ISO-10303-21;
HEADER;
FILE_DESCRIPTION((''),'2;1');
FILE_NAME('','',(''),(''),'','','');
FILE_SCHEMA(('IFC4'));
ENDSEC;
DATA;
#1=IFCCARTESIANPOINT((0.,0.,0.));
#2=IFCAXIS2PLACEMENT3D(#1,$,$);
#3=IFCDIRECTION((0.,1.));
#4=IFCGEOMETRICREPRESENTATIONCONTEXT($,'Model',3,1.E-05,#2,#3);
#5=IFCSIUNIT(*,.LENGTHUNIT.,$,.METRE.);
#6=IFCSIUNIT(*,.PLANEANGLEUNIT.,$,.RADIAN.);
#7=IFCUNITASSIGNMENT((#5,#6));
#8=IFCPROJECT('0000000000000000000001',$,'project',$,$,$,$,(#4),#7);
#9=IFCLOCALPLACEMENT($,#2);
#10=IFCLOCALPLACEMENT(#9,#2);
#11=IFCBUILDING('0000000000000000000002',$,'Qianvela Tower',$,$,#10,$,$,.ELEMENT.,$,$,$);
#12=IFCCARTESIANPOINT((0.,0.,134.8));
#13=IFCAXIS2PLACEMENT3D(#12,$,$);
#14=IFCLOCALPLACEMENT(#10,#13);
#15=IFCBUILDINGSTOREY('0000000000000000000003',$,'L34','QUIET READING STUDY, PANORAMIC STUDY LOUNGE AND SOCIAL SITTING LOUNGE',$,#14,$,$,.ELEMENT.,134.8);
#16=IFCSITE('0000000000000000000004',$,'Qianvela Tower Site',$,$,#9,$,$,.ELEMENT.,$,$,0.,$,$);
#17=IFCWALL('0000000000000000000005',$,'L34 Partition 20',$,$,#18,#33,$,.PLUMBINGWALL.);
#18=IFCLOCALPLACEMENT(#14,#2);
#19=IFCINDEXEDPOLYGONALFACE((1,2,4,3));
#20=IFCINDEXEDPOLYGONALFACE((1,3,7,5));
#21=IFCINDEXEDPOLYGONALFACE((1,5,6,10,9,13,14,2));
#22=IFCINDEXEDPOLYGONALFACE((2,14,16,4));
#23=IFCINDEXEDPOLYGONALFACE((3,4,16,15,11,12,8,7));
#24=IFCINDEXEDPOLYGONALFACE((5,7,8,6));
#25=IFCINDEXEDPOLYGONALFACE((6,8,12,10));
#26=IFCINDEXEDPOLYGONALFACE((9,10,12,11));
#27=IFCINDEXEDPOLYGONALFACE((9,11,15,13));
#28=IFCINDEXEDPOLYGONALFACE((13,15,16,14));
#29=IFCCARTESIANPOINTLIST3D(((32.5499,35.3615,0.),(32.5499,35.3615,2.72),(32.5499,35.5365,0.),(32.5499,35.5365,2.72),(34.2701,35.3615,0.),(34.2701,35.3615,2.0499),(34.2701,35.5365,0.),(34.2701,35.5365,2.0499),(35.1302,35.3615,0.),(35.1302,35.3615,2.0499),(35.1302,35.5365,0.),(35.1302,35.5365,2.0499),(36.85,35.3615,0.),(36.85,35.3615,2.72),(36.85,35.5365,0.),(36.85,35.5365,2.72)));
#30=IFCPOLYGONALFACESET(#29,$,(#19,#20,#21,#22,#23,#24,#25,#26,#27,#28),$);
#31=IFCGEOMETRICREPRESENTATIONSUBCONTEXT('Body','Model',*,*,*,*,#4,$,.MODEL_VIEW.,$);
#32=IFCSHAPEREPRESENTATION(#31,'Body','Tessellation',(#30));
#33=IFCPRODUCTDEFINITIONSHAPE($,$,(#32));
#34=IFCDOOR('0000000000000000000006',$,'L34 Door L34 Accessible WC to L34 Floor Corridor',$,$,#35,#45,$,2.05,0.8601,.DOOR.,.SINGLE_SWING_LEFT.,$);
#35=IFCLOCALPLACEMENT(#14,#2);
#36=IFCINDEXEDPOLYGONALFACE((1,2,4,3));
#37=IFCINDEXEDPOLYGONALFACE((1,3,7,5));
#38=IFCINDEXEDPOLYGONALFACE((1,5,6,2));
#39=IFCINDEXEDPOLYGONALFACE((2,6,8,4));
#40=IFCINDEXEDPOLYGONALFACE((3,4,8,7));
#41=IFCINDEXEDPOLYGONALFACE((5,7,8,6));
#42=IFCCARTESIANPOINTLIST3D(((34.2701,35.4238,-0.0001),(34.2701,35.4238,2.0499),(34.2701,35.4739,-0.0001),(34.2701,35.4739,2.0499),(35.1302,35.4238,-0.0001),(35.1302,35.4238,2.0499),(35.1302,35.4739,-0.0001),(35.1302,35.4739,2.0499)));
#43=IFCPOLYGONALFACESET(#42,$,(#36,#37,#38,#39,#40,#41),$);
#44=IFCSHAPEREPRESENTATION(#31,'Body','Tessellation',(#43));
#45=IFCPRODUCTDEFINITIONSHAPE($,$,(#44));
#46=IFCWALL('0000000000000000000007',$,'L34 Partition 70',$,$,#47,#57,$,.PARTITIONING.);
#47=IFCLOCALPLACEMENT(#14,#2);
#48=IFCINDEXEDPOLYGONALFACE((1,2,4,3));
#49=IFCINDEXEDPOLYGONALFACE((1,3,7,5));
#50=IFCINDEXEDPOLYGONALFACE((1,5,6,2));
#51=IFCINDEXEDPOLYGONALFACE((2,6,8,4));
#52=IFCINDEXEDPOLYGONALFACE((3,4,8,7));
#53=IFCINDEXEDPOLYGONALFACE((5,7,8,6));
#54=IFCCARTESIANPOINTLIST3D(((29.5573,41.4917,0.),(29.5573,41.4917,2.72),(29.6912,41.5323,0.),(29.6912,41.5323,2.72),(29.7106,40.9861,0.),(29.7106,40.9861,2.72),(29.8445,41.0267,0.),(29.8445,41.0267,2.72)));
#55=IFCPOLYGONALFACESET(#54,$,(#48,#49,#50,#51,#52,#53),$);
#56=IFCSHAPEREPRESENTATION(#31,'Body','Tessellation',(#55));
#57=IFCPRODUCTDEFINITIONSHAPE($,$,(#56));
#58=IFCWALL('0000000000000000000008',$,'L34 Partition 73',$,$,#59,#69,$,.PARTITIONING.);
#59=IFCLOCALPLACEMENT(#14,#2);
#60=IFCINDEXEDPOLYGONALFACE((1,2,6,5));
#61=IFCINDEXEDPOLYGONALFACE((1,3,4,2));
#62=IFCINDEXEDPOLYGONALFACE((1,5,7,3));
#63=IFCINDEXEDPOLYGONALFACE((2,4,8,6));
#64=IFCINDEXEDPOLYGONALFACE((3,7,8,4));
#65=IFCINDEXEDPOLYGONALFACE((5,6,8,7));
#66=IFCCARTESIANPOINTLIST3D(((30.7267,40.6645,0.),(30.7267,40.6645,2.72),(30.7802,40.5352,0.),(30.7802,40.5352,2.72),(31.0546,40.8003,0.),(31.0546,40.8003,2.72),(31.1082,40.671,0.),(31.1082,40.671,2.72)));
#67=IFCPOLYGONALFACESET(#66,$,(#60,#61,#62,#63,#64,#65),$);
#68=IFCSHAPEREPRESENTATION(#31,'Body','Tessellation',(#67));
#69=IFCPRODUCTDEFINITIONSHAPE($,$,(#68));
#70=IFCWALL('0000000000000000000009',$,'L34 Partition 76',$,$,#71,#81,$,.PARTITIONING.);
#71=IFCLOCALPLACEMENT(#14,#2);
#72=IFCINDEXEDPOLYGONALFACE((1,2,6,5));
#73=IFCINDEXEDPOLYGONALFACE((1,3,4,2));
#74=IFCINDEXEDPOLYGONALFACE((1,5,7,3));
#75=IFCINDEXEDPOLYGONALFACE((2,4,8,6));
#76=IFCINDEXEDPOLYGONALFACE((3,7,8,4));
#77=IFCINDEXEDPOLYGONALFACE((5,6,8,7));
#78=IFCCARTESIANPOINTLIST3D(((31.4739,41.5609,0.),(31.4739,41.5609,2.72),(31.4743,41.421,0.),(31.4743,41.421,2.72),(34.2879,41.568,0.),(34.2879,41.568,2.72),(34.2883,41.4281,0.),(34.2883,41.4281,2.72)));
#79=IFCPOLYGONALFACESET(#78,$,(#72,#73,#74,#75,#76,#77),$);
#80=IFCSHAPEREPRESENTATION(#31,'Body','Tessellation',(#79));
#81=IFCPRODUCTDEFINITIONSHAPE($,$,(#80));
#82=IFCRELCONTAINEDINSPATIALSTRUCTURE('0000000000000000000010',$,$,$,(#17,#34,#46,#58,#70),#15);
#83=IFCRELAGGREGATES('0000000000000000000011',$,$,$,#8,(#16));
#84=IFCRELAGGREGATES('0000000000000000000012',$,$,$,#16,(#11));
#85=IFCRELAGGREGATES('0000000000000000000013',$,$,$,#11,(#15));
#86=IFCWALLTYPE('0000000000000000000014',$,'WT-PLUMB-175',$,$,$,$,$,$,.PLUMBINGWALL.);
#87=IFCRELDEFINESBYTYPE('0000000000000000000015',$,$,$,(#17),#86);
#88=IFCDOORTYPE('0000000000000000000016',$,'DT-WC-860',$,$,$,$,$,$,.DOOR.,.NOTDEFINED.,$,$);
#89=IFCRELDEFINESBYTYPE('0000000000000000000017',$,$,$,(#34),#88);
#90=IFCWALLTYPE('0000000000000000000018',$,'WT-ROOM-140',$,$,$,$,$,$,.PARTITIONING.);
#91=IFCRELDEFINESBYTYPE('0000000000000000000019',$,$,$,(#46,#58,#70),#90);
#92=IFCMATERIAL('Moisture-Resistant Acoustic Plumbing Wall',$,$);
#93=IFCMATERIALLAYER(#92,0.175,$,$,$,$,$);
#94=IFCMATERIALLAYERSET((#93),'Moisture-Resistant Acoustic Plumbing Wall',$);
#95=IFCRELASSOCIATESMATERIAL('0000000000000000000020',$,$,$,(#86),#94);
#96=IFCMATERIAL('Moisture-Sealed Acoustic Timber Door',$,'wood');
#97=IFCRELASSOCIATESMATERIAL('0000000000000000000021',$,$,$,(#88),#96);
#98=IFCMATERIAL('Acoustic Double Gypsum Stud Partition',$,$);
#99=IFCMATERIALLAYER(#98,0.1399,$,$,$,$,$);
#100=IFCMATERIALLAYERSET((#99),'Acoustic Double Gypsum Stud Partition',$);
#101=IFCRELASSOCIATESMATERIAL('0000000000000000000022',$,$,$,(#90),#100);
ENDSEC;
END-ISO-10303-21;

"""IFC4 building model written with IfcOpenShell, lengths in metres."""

from ifc_helpers import new_model, si_unit, direction, frame, frame_2d, origin, place, context, subcontext, project, spatial, rectangle, extrude, material, layer, layer_set, type_object, element, fill, save


model = new_model("IFC4")

# Units and contexts
model_context = context("Model", 3, precision=1e-05, world=origin(), true_north=direction((0.0, 1.0)))
body_context = subcontext(model_context, "Body", "Model", "MODEL_VIEW")
ifc_project = project(units=[si_unit("LENGTHUNIT", "METRE"), si_unit("PLANEANGLEUNIT", "RADIAN")], contexts=[model_context])

# Site, building, storey
site_placement = place(None, origin())
site = spatial("IfcSite", under=ifc_project, at=site_placement, Name="Qianvela Tower Site", CompositionType="ELEMENT", RefElevation=0.0)
building_placement = place(site_placement, origin())
building = spatial("IfcBuilding", under=site, at=building_placement, Name="Qianvela Tower", CompositionType="ELEMENT")
storey_placement = place(building_placement, frame((0.0, 0.0, 134.8)))
storey = spatial("IfcBuildingStorey", under=building, at=storey_placement, Name="L34", Description="QUIET READING STUDY, PANORAMIC STUDY LOUNGE AND SOCIAL SITTING LOUNGE", CompositionType="ELEMENT", Elevation=134.8)

# Wall, opening, door
ifc_material_1 = material(Name="Moisture-Resistant Acoustic Plumbing Wall")
ifc_layer_1 = layer(ifc_material_1, 0.175)
ifc_layer_set_1 = layer_set([ifc_layer_1], Name="Moisture-Resistant Acoustic Plumbing Wall")
wall_type_1 = type_object("IfcWallType", Name="WT-PLUMB-175", PredefinedType="PLUMBINGWALL", material=ifc_layer_set_1)
wall_1_placement = place(storey_placement, frame((32.55, 35.449, 0.0), z_axis=(0.0, 0.0, 1.0), x_axis=(1.0, 0.0, 0.0)))
wall_1 = element("IfcWall", 1, at=wall_1_placement, inside=storey, type_object=wall_type_1, Name="L34 Partition 20", PredefinedType="PLUMBINGWALL", context=body_context, shape_type="SweptSolid", body=[
    extrude(rectangle(XDim=4.3, YDim=0.175, at=frame_2d((2.1499, 0.0))), origin(), (0.0, 0.0, 1.0), 2.72),
])
opening_1_placement = place(wall_1_placement, frame((1.72, 0.0, 0.0)))
opening_1 = element("IfcOpeningElement", 2, at=opening_1_placement, cuts=wall_1, PredefinedType="OPENING", context=body_context, shape_type="SweptSolid", body=[
    extrude(rectangle(XDim=0.8601, YDim=2.05, at=frame_2d((0.4302, 1.0249))), frame((0.0, 0.0974, 0.0), z_axis=(0.0, -1.0, 0.0), x_axis=(1.0, 0.0, 0.0)), (0.0, 0.0, 1.0), 0.1951),
])
ifc_material_2 = material(Name="Moisture-Sealed Acoustic Timber Door", Category="wood")
door_type_1 = type_object("IfcDoorType", Name="DT-WC-860", OperationType="NOTDEFINED", PredefinedType="DOOR", material=ifc_material_2)
door_1_placement = place(opening_1_placement, origin())
door_1 = element("IfcDoor", 3, at=door_1_placement, inside=storey, type_object=door_type_1, Name="L34 Door L34 Accessible WC to L34 Floor Corridor", OperationType="SINGLE_SWING_LEFT", OverallHeight=2.05, OverallWidth=0.8601, PredefinedType="DOOR", context=body_context, shape_type="SweptSolid", body=[
    extrude(rectangle(XDim=0.8601, YDim=2.05, at=frame_2d((0.4302, 1.0249))), frame((0.0, 0.0249, 0.0), z_axis=(0.0, -1.0, 0.0), x_axis=(1.0, 0.0, 0.0)), (0.0, 0.0, 1.0), 0.05),
])
fill(opening_1, door_1)

# Walls
ifc_material_3 = material(Name="Acoustic Double Gypsum Stud Partition")
ifc_layer_2 = layer(ifc_material_3, 0.1399)
ifc_layer_set_2 = layer_set([ifc_layer_2], Name="Acoustic Double Gypsum Stud Partition")
wall_type_2 = type_object("IfcWallType", Name="WT-ROOM-140", PredefinedType="PARTITIONING", material=ifc_layer_set_2)
wall_2_placement = place(storey_placement, frame((29.6243, 41.512, 0.0), z_axis=(0.0, 0.0, 1.0), x_axis=(0.290187, -0.95697, 0.0)))
element("IfcWall", 4, at=wall_2_placement, inside=storey, type_object=wall_type_2, Name="L34 Partition 70", PredefinedType="PARTITIONING", context=body_context, shape_type="SweptSolid", body=[
    extrude(rectangle(XDim=0.5283, YDim=0.1399, at=frame_2d((0.2642, 0.0))), origin(), (0.0, 0.0, 1.0), 2.72),
])
wall_3_placement = place(storey_placement, frame((30.7534, 40.5999, 0.0), z_axis=(0.0, 0.0, 1.0), x_axis=(0.92395, 0.382514, 0.0)))
element("IfcWall", 5, at=wall_3_placement, inside=storey, type_object=wall_type_2, Name="L34 Partition 73", PredefinedType="PARTITIONING", context=body_context, shape_type="SweptSolid", body=[
    extrude(rectangle(XDim=0.355, YDim=0.1399, at=frame_2d((0.1775, 0.0))), origin(), (0.0, 0.0, 1.0), 2.72),
])
wall_4_placement = place(storey_placement, frame((31.4741, 41.491, 0.0), z_axis=(0.0, 0.0, 1.0), x_axis=(0.999997, 0.002516, 0.0)))
element("IfcWall", 6, at=wall_4_placement, inside=storey, type_object=wall_type_2, Name="L34 Partition 76", PredefinedType="PARTITIONING", context=body_context, shape_type="SweptSolid", body=[
    extrude(rectangle(XDim=2.814, YDim=0.1399, at=frame_2d((1.407, 0.0))), origin(), (0.0, 0.0, 1.0), 2.72),
])

save(model, "model.ifc")
